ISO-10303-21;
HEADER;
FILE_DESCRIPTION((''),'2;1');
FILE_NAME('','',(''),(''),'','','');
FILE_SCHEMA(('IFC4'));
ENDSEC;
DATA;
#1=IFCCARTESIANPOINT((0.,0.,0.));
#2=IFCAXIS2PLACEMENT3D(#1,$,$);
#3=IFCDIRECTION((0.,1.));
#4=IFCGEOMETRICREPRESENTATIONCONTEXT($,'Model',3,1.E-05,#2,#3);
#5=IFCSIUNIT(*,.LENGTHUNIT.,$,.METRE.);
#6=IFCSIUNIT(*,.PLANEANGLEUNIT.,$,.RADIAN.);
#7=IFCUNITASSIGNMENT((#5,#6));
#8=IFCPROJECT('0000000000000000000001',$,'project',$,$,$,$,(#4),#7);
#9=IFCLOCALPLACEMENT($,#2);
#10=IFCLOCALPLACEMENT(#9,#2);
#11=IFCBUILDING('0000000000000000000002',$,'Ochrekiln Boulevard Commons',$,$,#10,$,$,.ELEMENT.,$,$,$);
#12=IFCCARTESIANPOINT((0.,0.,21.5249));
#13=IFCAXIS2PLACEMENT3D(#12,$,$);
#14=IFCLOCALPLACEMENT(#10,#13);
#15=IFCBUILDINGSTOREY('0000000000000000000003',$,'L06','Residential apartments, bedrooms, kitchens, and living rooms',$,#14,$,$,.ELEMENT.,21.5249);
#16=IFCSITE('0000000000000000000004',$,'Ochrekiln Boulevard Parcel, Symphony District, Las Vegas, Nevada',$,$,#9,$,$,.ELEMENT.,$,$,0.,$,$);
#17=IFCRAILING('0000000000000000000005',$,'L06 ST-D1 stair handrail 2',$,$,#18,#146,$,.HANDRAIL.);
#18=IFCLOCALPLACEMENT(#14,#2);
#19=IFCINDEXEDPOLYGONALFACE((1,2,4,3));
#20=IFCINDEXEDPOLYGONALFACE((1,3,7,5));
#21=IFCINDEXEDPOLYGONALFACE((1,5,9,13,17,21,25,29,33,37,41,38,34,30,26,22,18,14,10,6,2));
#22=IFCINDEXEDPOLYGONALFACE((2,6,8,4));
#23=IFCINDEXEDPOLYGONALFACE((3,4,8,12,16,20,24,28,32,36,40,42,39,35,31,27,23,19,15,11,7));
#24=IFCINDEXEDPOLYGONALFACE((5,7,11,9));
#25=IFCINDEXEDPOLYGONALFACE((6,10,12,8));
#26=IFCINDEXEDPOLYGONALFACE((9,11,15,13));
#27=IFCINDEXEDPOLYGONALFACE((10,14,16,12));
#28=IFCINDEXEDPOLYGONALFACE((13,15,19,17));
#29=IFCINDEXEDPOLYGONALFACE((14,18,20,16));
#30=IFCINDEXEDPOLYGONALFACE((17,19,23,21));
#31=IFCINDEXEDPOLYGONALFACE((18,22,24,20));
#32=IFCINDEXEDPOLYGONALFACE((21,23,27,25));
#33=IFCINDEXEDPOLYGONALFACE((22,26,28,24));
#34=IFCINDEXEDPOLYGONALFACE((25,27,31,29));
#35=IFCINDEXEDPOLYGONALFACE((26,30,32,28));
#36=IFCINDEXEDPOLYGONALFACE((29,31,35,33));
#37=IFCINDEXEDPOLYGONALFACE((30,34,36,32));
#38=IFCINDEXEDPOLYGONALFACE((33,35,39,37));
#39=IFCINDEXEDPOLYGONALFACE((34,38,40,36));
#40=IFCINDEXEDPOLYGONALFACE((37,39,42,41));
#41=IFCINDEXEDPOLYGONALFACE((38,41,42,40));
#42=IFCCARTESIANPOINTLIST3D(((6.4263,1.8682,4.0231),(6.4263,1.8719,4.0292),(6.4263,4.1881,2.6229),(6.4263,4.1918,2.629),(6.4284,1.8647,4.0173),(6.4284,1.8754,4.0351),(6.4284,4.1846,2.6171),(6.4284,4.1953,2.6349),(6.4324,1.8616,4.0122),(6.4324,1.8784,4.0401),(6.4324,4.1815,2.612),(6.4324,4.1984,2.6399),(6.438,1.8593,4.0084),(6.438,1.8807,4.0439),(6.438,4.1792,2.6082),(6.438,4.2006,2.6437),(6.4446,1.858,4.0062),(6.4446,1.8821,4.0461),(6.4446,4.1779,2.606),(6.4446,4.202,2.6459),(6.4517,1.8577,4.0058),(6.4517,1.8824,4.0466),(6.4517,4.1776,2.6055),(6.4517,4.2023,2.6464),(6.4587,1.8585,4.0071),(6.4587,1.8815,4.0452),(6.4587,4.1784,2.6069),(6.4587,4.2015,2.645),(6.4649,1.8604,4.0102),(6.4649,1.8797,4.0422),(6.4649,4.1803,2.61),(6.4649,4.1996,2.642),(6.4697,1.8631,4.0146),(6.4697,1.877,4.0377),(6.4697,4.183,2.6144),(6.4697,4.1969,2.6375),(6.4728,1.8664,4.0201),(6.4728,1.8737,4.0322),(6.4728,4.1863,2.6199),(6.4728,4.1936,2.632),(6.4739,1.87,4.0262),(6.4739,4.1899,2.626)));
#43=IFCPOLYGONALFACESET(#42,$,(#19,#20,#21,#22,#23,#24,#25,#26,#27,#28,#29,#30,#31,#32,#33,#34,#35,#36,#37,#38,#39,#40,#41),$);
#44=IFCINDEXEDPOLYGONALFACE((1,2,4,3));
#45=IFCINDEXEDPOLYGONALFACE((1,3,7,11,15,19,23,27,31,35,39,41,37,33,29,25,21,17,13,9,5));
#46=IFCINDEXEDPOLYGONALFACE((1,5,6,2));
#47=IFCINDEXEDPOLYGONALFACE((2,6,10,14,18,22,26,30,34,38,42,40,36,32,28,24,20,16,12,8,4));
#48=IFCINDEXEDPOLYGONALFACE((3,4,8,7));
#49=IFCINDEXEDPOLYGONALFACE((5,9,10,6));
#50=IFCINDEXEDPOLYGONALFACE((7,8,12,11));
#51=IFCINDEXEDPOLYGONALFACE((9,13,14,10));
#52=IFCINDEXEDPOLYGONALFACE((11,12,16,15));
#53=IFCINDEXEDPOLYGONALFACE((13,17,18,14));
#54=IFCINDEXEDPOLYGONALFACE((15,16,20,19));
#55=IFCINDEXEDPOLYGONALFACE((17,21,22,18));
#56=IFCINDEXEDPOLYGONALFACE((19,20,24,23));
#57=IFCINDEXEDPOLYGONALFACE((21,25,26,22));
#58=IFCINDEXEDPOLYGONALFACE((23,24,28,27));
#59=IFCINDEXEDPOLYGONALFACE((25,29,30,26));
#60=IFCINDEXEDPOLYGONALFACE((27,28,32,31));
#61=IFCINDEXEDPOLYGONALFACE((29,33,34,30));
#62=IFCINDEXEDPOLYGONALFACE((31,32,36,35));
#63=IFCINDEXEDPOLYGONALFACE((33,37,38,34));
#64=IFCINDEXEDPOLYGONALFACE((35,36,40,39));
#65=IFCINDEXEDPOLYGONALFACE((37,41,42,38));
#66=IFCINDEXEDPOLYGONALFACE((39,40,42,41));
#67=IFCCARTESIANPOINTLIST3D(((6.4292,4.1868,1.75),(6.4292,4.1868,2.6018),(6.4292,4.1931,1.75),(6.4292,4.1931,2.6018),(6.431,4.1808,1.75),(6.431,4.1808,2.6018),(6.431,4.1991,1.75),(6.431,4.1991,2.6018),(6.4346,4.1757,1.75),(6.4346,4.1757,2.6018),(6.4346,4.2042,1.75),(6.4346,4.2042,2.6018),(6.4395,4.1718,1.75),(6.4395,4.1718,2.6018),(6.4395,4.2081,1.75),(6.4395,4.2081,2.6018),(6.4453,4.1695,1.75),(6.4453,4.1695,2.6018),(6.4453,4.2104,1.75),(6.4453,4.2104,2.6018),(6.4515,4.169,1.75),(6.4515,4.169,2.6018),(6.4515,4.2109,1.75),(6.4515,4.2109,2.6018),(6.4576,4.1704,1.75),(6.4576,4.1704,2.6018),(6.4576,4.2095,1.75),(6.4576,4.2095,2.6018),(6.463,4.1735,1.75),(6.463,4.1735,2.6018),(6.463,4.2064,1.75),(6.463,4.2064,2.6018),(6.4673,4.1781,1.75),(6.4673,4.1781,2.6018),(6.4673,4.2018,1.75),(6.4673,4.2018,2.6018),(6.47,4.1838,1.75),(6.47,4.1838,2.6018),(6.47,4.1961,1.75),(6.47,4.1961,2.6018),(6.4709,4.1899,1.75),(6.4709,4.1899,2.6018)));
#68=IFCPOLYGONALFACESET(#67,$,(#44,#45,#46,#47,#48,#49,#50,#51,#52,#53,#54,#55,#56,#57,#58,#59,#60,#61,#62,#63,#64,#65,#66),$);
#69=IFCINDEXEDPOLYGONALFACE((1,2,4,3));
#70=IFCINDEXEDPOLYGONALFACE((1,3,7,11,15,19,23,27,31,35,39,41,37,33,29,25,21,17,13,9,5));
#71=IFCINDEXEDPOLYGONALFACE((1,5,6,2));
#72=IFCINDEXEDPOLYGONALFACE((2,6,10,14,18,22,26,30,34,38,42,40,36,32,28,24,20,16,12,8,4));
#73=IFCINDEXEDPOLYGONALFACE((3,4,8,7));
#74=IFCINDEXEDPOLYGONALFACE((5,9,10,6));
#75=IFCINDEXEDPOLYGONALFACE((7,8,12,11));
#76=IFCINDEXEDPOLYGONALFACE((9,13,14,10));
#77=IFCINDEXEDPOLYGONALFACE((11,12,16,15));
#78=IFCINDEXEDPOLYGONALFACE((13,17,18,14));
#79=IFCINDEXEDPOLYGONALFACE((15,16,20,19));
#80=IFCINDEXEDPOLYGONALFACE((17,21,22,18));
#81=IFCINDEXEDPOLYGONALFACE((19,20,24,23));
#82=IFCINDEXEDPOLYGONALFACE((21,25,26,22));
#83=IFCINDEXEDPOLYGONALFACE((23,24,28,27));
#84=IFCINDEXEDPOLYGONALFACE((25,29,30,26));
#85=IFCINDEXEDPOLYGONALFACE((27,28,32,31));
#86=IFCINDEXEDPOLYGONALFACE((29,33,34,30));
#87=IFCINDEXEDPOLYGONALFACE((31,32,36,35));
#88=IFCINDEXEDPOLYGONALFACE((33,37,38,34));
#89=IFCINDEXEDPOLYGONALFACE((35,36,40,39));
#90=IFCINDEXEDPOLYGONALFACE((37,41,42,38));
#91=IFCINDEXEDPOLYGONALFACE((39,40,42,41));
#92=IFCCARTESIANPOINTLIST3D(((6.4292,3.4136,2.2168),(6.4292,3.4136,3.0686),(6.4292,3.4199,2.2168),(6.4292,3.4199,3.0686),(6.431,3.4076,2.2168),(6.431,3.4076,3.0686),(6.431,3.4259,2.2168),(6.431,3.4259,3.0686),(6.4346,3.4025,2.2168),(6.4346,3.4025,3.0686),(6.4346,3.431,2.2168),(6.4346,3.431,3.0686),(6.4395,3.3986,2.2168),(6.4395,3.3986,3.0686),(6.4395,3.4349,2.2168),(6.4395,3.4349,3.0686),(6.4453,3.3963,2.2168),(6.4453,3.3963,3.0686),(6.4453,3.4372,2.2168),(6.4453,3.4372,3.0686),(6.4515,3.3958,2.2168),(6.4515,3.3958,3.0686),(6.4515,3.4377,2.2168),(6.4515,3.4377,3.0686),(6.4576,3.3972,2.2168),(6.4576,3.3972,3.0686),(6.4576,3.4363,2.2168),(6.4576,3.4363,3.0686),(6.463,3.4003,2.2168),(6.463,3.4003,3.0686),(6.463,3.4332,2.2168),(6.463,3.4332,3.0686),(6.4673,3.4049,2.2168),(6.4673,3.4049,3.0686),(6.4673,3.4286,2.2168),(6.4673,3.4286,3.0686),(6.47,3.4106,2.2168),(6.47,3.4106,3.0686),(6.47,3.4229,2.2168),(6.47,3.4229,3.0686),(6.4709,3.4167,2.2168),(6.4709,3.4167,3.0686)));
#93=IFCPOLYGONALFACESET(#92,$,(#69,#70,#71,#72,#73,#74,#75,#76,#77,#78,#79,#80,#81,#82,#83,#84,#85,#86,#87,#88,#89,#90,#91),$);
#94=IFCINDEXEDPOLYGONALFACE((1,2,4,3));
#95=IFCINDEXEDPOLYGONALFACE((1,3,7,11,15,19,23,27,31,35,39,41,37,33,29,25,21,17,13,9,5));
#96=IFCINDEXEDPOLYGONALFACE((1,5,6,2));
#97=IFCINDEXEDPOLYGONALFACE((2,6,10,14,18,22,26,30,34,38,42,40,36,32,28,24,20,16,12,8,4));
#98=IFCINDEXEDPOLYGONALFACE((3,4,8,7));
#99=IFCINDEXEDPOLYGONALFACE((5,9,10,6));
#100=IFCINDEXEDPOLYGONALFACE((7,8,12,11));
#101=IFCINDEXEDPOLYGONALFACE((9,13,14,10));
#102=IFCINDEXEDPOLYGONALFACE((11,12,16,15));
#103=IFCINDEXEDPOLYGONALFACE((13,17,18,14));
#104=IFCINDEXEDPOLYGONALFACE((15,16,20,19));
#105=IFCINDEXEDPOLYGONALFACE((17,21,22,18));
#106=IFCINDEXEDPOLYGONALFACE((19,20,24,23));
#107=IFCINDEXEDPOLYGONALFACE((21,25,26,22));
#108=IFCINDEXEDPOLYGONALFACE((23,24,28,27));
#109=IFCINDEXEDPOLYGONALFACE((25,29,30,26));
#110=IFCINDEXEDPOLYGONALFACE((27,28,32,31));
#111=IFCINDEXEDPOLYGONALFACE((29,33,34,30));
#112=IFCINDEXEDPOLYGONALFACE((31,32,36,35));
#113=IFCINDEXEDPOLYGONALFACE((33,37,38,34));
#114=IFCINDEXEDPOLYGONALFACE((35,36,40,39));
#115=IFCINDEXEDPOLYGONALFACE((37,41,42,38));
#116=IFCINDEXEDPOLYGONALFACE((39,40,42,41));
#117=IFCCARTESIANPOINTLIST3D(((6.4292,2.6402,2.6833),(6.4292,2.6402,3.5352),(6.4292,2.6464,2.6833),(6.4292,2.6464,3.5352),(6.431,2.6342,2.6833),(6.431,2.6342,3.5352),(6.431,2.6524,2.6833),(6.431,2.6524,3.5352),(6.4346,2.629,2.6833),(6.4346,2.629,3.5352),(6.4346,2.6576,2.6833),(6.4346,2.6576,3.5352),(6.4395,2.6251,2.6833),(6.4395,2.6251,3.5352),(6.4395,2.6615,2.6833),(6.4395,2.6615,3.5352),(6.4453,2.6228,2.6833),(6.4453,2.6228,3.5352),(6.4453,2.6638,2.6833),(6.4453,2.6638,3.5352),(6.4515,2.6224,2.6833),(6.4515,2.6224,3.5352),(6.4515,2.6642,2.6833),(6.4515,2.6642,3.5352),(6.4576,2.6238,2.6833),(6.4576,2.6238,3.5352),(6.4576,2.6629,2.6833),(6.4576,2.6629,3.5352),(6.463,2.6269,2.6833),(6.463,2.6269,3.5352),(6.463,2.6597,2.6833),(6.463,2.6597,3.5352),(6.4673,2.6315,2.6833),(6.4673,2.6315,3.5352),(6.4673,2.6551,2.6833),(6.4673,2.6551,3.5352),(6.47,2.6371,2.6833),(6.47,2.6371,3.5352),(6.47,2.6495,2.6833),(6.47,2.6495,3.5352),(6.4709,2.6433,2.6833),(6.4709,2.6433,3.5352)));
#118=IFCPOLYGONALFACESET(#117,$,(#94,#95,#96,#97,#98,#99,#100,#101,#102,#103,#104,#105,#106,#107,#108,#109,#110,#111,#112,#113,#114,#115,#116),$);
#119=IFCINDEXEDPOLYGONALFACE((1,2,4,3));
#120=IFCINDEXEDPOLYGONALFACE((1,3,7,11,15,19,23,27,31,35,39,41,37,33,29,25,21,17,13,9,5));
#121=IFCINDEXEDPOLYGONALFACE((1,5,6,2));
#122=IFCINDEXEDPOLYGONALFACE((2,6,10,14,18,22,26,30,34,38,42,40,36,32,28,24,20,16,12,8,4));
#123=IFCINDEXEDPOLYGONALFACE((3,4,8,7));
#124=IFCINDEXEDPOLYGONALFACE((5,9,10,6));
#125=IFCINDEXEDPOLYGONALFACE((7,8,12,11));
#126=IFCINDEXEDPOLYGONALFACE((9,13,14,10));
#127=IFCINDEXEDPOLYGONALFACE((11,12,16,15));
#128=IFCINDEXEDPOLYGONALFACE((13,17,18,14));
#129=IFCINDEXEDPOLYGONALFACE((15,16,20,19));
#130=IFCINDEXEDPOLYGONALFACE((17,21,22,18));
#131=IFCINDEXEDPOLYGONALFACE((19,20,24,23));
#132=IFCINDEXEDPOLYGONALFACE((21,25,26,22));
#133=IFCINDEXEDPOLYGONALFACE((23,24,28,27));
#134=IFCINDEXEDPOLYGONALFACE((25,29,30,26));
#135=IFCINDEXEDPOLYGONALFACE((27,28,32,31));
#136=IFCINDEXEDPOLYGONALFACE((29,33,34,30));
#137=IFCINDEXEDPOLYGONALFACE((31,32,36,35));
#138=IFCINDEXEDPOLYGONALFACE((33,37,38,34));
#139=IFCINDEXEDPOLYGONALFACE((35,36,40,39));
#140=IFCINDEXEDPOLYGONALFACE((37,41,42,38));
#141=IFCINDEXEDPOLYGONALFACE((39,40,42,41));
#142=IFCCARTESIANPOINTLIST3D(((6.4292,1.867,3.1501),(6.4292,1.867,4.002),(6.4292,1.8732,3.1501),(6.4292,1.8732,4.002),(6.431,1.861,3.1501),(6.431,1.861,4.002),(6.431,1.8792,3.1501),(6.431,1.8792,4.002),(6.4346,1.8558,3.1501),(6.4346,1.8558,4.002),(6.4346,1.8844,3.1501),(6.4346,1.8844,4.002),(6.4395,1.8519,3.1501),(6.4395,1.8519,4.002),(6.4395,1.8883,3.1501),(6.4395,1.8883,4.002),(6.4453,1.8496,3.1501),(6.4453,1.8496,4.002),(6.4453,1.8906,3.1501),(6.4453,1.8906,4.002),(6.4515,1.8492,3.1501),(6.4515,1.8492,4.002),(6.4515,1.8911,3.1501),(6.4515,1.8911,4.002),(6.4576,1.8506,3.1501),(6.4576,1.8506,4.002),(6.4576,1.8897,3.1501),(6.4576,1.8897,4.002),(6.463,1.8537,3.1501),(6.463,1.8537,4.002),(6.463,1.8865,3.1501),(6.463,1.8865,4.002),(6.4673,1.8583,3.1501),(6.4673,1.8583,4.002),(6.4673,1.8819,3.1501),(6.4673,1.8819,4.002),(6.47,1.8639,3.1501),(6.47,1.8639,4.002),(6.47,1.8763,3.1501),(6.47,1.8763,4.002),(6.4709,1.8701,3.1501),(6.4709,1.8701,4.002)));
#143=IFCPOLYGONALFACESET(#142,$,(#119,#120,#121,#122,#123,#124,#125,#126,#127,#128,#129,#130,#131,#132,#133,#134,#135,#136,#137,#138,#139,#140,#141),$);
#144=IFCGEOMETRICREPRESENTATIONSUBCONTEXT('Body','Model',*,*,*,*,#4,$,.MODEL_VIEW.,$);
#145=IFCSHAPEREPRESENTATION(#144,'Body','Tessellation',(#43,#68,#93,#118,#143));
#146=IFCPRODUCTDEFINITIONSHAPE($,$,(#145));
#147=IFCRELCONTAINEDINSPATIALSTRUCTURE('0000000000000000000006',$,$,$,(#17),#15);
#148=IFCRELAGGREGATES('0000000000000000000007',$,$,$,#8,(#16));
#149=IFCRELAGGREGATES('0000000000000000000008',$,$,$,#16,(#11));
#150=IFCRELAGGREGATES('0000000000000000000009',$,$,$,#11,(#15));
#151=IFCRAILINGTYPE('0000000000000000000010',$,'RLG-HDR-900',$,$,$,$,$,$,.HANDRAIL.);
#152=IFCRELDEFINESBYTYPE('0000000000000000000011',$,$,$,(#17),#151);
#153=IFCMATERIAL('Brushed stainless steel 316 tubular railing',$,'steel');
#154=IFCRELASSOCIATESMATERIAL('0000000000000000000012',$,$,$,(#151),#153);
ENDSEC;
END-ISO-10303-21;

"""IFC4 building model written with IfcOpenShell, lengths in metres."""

from ifc_helpers import new_model, si_unit, direction, frame, origin, origin_2d, place, context, subcontext, project, spatial, circle, extrude, material, type_object, element, save


model = new_model("IFC4")

# Units and contexts
model_context = context("Model", 3, precision=1e-05, world=origin(), true_north=direction((0.0, 1.0)))
body_context = subcontext(model_context, "Body", "Model", "MODEL_VIEW")
ifc_project = project(units=[si_unit("LENGTHUNIT", "METRE"), si_unit("PLANEANGLEUNIT", "RADIAN")], contexts=[model_context])

# Site, building, storey
site_placement = place(None, origin())
site = spatial("IfcSite", under=ifc_project, at=site_placement, Name="Ochrekiln Boulevard Parcel, Symphony District, Las Vegas, Nevada", CompositionType="ELEMENT", RefElevation=0.0)
building_placement = place(site_placement, origin())
building = spatial("IfcBuilding", under=site, at=building_placement, Name="Ochrekiln Boulevard Commons", CompositionType="ELEMENT")
storey_placement = place(building_placement, frame((0.0, 0.0, 21.5249)))
storey = spatial("IfcBuildingStorey", under=building, at=storey_placement, Name="L06", Description="Residential apartments, bedrooms, kitchens, and living rooms", CompositionType="ELEMENT", Elevation=21.5249)

# Railing
ifc_material_1 = material(Name="Brushed stainless steel 316 tubular railing", Category="steel")
railing_type_1 = type_object("IfcRailingType", Name="RLG-HDR-900", PredefinedType="HANDRAIL", material=ifc_material_1)
railing_1_placement = place(storey_placement, frame((6.45, 4.1899, 1.75)))
element("IfcRailing", 1, at=railing_1_placement, inside=storey, type_object=railing_type_1, Name="L06 ST-D1 stair handrail 2", PredefinedType="HANDRAIL", context=body_context, shape_type="SweptSolid", body=[
    extrude(circle(Radius=0.0239, at=origin_2d()), frame((0.0, 0.0, 0.876), z_axis=(0.0, -0.856146, 0.516733), x_axis=(1.0, 0.0, 0.0)), (0.0, 0.0, 1.0), 2.7097),
    extrude(circle(Radius=0.021, at=origin_2d()), origin(), (0.0, 0.0, 1.0), 0.8518),
    extrude(circle(Radius=0.021, at=origin_2d()), frame((0.0, -0.7732, 0.4668)), (0.0, 0.0, 1.0), 0.8518),
    extrude(circle(Radius=0.021, at=origin_2d()), frame((0.0, -1.5466, 0.9333)), (0.0, 0.0, 1.0), 0.8518),
    extrude(circle(Radius=0.021, at=origin_2d()), frame((0.0, -2.3198, 1.4001)), (0.0, 0.0, 1.0), 0.8518),
])

save(model, "model.ifc")
